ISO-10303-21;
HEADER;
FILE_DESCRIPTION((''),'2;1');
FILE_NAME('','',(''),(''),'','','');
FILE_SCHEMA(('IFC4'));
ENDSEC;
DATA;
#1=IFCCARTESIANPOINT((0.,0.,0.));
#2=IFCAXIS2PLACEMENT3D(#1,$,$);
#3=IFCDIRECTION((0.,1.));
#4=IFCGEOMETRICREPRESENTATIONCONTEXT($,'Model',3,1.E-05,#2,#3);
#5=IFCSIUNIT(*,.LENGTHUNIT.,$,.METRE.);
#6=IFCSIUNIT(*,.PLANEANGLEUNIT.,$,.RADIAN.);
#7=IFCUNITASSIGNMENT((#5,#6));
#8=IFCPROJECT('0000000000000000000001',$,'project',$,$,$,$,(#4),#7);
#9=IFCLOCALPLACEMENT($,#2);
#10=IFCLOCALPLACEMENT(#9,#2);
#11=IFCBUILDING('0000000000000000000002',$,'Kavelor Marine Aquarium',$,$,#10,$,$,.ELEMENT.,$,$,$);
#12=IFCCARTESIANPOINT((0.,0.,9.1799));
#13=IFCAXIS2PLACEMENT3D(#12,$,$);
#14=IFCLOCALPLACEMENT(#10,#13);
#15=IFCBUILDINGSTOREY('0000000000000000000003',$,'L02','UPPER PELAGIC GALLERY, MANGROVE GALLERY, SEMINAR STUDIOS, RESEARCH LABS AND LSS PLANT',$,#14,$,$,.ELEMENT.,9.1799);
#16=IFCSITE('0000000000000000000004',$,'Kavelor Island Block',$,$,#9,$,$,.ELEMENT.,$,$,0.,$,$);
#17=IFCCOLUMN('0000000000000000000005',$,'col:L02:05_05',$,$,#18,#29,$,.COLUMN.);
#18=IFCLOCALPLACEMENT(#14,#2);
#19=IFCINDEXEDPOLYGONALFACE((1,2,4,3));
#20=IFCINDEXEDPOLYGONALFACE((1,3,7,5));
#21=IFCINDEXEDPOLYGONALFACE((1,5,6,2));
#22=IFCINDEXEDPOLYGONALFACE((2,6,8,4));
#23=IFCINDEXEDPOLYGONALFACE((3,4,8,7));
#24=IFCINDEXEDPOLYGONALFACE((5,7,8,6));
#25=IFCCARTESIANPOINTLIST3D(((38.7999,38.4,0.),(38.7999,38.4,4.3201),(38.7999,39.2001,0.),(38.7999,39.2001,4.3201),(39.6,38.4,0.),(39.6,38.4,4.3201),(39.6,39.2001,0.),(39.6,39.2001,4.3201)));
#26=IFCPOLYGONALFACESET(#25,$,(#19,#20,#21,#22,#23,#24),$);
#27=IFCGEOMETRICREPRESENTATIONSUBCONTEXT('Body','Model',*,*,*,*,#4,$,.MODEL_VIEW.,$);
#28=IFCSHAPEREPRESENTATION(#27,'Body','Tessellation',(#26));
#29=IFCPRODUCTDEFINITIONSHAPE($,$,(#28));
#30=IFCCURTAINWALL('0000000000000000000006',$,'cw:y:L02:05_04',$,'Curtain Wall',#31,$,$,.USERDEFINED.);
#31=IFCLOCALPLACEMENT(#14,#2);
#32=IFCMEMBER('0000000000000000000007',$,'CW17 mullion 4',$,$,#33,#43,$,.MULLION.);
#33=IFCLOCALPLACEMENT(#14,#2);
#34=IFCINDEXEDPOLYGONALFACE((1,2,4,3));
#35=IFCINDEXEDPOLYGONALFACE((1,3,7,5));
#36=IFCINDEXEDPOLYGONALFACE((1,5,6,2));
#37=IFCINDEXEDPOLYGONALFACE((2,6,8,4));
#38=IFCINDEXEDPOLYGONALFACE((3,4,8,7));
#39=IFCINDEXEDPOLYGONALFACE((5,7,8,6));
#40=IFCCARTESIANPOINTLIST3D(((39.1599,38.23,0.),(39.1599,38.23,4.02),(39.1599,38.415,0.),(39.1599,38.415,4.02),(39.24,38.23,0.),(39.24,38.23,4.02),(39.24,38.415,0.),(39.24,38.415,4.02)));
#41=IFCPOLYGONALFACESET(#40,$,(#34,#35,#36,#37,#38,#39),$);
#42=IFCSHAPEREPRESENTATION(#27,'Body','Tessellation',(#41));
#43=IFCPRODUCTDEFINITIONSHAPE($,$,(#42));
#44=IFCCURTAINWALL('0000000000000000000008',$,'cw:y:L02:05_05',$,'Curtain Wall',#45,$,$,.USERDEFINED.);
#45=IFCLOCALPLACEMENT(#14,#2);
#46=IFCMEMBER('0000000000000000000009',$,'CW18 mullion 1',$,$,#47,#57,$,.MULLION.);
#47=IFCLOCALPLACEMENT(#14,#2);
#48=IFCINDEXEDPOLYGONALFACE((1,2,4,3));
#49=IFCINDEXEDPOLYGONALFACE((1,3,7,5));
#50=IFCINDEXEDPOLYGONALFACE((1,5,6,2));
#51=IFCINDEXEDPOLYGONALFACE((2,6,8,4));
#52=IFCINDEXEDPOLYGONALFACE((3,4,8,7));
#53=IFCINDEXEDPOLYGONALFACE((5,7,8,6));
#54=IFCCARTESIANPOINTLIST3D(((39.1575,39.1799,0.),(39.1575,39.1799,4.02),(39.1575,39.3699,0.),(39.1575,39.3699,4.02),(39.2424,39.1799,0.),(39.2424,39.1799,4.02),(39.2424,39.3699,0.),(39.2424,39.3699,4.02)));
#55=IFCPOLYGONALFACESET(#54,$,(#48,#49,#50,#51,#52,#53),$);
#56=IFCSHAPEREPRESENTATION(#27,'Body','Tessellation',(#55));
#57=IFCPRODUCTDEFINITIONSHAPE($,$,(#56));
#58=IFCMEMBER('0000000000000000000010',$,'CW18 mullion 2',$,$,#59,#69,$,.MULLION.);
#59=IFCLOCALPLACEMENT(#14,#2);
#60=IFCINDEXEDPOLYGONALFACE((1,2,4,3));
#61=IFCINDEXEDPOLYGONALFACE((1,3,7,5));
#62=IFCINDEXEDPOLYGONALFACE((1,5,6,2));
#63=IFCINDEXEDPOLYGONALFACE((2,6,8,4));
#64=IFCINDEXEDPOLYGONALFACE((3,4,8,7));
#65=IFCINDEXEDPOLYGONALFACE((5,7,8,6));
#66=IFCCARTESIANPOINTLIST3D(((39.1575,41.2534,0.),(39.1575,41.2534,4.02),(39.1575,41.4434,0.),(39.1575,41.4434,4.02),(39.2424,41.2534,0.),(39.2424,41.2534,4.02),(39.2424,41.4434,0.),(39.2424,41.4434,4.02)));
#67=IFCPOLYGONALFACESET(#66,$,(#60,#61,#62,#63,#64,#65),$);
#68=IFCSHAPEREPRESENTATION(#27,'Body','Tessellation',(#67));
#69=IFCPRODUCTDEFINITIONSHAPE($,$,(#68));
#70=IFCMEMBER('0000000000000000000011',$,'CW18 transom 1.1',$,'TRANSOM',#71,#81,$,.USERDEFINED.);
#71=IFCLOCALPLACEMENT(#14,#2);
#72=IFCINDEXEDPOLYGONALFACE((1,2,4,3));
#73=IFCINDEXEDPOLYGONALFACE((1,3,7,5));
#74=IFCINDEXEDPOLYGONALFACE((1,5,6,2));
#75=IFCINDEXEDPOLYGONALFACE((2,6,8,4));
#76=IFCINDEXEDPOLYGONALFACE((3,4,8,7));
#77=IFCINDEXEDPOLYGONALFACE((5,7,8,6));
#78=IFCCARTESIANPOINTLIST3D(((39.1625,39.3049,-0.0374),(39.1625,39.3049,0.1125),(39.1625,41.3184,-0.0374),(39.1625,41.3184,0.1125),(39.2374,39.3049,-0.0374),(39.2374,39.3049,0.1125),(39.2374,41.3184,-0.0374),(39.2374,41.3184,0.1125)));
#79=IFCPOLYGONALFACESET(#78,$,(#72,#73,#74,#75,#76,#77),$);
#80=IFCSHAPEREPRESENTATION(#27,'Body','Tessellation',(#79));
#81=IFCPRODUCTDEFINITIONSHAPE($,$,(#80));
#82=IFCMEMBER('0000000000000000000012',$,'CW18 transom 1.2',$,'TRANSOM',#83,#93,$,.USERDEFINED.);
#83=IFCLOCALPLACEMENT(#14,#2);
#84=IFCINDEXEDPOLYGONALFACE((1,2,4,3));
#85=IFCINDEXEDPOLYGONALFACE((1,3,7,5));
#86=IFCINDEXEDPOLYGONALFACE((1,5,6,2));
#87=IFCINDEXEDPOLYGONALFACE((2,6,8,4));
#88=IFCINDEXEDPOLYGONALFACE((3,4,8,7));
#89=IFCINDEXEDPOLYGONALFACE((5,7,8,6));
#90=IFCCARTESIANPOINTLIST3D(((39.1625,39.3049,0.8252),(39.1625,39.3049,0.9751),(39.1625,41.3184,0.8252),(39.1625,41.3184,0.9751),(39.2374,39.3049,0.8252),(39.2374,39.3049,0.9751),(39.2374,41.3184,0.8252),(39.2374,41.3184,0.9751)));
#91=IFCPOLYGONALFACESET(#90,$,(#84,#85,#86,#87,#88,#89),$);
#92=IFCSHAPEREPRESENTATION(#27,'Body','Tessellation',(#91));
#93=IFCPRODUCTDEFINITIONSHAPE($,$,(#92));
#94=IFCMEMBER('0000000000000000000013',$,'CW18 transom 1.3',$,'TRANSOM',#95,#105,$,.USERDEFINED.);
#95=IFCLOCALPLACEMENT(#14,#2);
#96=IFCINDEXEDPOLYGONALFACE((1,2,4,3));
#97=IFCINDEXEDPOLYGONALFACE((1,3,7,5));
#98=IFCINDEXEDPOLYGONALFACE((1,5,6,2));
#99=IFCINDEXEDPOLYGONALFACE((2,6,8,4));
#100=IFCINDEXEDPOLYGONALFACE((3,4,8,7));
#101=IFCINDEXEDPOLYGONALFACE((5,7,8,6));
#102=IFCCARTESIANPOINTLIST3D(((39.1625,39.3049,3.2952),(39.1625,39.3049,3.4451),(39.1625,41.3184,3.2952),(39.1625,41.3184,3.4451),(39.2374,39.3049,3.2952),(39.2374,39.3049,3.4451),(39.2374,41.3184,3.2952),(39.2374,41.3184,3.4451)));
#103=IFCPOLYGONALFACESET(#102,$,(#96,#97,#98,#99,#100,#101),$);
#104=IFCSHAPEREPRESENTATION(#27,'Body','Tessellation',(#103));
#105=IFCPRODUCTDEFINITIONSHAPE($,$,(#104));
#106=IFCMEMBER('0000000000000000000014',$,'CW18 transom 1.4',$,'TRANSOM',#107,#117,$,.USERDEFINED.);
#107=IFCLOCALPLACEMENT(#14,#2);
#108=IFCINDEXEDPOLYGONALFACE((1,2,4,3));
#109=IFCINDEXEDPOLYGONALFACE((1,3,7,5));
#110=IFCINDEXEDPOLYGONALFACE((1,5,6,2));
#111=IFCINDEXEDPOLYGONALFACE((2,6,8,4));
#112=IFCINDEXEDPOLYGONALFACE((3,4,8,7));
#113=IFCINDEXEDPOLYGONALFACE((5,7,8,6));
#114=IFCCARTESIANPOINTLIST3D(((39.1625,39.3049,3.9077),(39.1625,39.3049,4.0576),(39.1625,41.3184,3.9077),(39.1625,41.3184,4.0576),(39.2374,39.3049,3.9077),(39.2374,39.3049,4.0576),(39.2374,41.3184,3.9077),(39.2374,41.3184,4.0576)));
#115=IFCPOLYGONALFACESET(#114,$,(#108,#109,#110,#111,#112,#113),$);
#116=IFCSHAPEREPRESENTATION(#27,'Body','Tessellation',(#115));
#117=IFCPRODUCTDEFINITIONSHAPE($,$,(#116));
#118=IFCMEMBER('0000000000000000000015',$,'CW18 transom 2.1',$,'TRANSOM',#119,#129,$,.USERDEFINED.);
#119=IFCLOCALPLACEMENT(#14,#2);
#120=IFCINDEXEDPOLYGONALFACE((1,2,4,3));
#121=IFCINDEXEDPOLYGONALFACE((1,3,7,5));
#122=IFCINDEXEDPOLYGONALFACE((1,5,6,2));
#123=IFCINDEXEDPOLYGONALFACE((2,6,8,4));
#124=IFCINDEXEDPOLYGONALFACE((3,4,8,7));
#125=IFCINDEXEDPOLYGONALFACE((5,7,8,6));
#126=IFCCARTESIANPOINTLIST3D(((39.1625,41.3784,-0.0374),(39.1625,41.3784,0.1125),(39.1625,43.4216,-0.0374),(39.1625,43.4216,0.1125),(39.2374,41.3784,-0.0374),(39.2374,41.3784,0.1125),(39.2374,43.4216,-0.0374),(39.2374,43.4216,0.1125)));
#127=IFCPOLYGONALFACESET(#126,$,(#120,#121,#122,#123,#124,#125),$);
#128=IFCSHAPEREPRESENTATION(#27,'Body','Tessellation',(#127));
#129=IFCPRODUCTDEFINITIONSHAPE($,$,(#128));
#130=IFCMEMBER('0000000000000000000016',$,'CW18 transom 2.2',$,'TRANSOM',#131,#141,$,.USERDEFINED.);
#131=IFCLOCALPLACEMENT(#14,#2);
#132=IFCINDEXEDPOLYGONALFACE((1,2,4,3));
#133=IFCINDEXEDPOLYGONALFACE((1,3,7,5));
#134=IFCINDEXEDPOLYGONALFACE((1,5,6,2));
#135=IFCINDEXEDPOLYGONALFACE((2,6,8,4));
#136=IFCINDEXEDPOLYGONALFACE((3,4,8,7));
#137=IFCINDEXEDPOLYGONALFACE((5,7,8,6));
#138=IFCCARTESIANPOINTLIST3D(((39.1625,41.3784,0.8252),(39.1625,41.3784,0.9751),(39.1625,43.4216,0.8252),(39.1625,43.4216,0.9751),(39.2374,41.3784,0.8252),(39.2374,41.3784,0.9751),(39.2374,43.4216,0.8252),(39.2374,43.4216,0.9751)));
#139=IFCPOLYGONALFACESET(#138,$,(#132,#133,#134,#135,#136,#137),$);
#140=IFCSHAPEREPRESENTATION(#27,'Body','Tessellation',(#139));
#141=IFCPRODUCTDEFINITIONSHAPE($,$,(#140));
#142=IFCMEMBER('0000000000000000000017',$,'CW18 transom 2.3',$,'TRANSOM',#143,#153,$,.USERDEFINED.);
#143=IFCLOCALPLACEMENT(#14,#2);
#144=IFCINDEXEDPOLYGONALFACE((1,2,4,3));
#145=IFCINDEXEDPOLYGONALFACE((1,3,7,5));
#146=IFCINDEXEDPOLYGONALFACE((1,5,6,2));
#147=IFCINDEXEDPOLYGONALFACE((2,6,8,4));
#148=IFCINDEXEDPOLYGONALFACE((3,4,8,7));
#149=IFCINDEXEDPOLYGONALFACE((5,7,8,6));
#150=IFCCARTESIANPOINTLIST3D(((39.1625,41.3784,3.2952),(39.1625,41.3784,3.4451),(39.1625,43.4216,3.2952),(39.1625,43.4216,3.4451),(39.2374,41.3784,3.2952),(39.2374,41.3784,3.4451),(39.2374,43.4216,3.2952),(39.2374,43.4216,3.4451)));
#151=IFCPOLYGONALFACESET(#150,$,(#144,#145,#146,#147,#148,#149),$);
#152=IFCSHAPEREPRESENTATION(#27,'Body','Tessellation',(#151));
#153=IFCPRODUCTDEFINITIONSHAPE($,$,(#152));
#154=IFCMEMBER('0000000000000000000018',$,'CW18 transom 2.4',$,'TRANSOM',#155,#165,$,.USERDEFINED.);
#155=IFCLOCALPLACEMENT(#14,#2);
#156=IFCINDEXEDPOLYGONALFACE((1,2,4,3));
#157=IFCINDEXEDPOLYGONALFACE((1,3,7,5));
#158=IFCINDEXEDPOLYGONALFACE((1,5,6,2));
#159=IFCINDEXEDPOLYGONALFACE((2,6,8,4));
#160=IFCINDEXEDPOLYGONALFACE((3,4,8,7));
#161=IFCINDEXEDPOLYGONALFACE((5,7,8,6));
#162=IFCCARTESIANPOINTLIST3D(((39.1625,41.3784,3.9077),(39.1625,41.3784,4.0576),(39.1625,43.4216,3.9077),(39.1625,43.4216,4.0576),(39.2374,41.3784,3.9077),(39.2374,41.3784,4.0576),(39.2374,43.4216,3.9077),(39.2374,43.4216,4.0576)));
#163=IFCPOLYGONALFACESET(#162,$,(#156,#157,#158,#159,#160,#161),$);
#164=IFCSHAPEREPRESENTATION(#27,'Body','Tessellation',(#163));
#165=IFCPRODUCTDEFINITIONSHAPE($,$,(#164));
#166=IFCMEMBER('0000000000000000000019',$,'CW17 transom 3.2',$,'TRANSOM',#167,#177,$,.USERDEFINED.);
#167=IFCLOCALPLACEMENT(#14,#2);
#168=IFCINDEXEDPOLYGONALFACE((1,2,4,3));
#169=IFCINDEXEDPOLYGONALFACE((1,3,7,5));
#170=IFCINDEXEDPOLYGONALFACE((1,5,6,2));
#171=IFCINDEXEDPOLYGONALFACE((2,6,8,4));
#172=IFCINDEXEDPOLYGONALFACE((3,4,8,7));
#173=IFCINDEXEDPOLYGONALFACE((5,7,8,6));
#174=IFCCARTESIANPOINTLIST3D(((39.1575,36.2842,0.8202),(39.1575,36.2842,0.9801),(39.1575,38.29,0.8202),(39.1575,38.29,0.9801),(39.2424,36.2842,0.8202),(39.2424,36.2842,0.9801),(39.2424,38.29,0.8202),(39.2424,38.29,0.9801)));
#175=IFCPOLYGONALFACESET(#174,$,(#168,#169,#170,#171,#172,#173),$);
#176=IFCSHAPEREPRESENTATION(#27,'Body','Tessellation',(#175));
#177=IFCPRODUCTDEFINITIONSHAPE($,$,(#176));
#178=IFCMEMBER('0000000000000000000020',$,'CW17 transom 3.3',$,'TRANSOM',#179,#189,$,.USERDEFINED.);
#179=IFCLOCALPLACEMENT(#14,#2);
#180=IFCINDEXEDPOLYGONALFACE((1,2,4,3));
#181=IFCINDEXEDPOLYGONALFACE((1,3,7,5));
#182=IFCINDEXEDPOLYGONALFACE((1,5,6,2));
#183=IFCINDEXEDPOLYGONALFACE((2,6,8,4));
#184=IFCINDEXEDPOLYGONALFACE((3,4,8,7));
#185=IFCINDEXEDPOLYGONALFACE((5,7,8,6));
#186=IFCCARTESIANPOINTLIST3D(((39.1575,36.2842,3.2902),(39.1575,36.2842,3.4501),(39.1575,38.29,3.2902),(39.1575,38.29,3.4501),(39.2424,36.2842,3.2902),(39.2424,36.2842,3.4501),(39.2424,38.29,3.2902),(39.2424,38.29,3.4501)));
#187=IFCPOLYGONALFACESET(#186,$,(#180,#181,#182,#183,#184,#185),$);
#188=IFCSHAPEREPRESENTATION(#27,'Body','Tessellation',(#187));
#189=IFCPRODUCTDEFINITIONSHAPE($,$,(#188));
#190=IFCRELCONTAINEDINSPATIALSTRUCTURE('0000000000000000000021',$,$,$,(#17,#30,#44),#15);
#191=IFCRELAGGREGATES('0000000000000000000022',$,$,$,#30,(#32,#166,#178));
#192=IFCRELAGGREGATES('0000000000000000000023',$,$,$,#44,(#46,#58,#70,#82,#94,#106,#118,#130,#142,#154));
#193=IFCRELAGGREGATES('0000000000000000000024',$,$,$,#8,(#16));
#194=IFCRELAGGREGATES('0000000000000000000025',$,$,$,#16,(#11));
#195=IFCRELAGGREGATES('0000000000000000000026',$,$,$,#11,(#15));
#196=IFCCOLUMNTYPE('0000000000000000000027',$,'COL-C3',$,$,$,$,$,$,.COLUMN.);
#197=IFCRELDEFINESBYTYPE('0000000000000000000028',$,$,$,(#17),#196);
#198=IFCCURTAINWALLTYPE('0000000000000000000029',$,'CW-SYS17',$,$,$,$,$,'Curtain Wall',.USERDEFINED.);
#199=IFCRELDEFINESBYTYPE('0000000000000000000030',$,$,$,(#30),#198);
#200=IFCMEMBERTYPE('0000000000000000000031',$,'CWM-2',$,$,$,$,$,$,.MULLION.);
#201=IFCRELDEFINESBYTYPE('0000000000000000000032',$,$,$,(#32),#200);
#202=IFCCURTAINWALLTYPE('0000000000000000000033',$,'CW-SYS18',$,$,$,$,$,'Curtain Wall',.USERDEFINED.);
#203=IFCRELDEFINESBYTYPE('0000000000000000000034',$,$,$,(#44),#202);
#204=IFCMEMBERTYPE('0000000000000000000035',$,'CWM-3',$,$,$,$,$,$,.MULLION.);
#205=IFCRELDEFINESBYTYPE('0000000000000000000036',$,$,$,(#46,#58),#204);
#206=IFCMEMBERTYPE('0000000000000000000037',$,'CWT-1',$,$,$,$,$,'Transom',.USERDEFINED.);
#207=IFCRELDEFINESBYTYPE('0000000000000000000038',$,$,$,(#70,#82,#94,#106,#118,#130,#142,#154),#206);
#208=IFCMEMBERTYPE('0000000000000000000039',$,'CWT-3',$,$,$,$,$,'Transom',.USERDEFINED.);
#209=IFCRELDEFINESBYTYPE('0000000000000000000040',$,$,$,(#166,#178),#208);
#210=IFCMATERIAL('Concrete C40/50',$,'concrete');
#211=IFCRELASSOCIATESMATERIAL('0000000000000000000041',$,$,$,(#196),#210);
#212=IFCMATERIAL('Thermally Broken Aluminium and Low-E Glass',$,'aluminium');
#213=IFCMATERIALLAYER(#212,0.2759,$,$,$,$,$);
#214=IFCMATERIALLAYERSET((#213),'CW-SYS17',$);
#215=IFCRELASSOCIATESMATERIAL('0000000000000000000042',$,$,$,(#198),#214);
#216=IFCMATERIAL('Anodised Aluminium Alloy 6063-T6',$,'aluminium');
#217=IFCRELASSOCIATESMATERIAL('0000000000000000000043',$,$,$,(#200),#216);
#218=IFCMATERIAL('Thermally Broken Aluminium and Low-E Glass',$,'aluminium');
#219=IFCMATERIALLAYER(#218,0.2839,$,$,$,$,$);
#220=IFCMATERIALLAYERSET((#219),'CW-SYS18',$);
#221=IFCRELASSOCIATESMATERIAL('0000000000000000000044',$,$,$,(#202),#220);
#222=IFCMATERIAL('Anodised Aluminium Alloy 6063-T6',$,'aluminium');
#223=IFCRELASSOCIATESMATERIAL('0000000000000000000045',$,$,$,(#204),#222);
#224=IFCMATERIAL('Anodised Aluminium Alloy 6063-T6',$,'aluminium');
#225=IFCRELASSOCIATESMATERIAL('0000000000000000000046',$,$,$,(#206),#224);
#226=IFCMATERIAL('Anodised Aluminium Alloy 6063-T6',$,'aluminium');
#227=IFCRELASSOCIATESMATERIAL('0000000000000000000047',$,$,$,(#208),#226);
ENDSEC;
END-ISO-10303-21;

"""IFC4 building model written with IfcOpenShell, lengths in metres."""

from ifc_helpers import new_model, si_unit, direction, frame, origin, origin_2d, place, context, subcontext, project, spatial, rectangle, extrude, material, layer, layer_set, material_profile, profile_set, type_object, element, aggregate, save


model = new_model("IFC4")

# Units and contexts
model_context = context("Model", 3, precision=1e-05, world=origin(), true_north=direction((0.0, 1.0)))
body_context = subcontext(model_context, "Body", "Model", "MODEL_VIEW")
ifc_project = project(units=[si_unit("LENGTHUNIT", "METRE"), si_unit("PLANEANGLEUNIT", "RADIAN")], contexts=[model_context])

# Site, building, storey
site_placement = place(None, origin())
site = spatial("IfcSite", under=ifc_project, at=site_placement, Name="Kavelor Island Block", CompositionType="ELEMENT", RefElevation=0.0)
building_placement = place(site_placement, origin())
building = spatial("IfcBuilding", under=site, at=building_placement, Name="Kavelor Marine Aquarium", CompositionType="ELEMENT")
storey_placement = place(building_placement, frame((0.0, 0.0, 9.1799)))
storey = spatial("IfcBuildingStorey", under=building, at=storey_placement, Name="L02", Description="UPPER PELAGIC GALLERY, MANGROVE GALLERY, SEMINAR STUDIOS, RESEARCH LABS AND LSS PLANT", CompositionType="ELEMENT", Elevation=9.1799)

# Column
ifc_material_1 = material(Name="Concrete C40/50", Category="concrete")
ifc_material_profile_1 = material_profile(ifc_material_1, rectangle(XDim=0.8, YDim=0.8, at=origin_2d()), Name="RC-COL 800x800")
ifc_profile_set_1 = profile_set([ifc_material_profile_1], Name="Concrete C40/50")
column_type = type_object("IfcColumnType", Name="COL-C3", PredefinedType="COLUMN", material=ifc_profile_set_1)
column_placement = place(storey_placement, frame((39.2, 38.8, 0.0), z_axis=(0.0, 0.0, 1.0), x_axis=(1.0, 0.0, 0.0)))
element("IfcColumn", 1, at=column_placement, inside=storey, type_object=column_type, Name="col:L02:05_05", PredefinedType="COLUMN", context=body_context, shape_type="SweptSolid", body=[
    extrude(rectangle(XDim=0.8, YDim=0.8, at=origin_2d()), origin(), (0.0, 0.0, 1.0), 4.3201),
])

# Curtain wall, member
ifc_material_2 = material(Name="Thermally Broken Aluminium and Low-E Glass", Category="aluminium")
ifc_layer_1 = layer(ifc_material_2, 0.2759)
ifc_layer_set_1 = layer_set([ifc_layer_1], Name="CW-SYS17")
curtain_wall_type_1 = type_object("IfcCurtainWallType", Name="CW-SYS17", ElementType="Curtain Wall", PredefinedType="USERDEFINED", material=ifc_layer_set_1)
curtain_wall_1_placement = place(storey_placement, origin())
curtain_wall_1 = element("IfcCurtainWall", 2, at=curtain_wall_1_placement, inside=storey, type_object=curtain_wall_type_1, Name="cw:y:L02:05_04", ObjectType="Curtain Wall", PredefinedType="USERDEFINED")
ifc_material_3 = material(Name="Anodised Aluminium Alloy 6063-T6", Category="aluminium")
ifc_material_profile_2 = material_profile(ifc_material_3, rectangle(XDim=0.0801, YDim=0.1851, at=origin_2d()), Name="CW-MUL 80x185")
ifc_profile_set_2 = profile_set([ifc_material_profile_2], Name="Anodised Aluminium Alloy 6063-T6")
member_type_1 = type_object("IfcMemberType", Name="CWM-2", PredefinedType="MULLION", material=ifc_profile_set_2)
member_1_placement = place(storey_placement, frame((39.2, 38.3225, 0.0), z_axis=(0.0, 0.0, 1.0), x_axis=(-1.0, 0.0, 0.0)))
member_1 = element("IfcMember", 3, at=member_1_placement, type_object=member_type_1, Name="CW17 mullion 4", PredefinedType="MULLION", context=body_context, shape_type="SweptSolid", body=[
    extrude(rectangle(XDim=0.0801, YDim=0.1851, at=origin_2d()), origin(), (0.0, 0.0, 1.0), 4.02),
])

# Curtain wall, members
ifc_material_4 = material(Name="Thermally Broken Aluminium and Low-E Glass", Category="aluminium")
ifc_layer_2 = layer(ifc_material_4, 0.2839)
ifc_layer_set_2 = layer_set([ifc_layer_2], Name="CW-SYS18")
curtain_wall_type_2 = type_object("IfcCurtainWallType", Name="CW-SYS18", ElementType="Curtain Wall", PredefinedType="USERDEFINED", material=ifc_layer_set_2)
curtain_wall_2_placement = place(storey_placement, origin())
curtain_wall_2 = element("IfcCurtainWall", 4, at=curtain_wall_2_placement, inside=storey, type_object=curtain_wall_type_2, Name="cw:y:L02:05_05", ObjectType="Curtain Wall", PredefinedType="USERDEFINED")
ifc_material_5 = material(Name="Anodised Aluminium Alloy 6063-T6", Category="aluminium")
ifc_material_profile_3 = material_profile(ifc_material_5, rectangle(XDim=0.085, YDim=0.1899, at=origin_2d()), Name="CW-MUL 85x190")
ifc_profile_set_3 = profile_set([ifc_material_profile_3], Name="Anodised Aluminium Alloy 6063-T6")
member_type_2 = type_object("IfcMemberType", Name="CWM-3", PredefinedType="MULLION", material=ifc_profile_set_3)
member_2_placement = place(storey_placement, frame((39.2, 39.2749, 0.0), z_axis=(0.0, 0.0, 1.0), x_axis=(-1.0, 0.0, 0.0)))
member_2 = element("IfcMember", 5, at=member_2_placement, type_object=member_type_2, Name="CW18 mullion 1", PredefinedType="MULLION", context=body_context, shape_type="SweptSolid", body=[
    extrude(rectangle(XDim=0.085, YDim=0.1899, at=origin_2d()), origin(), (0.0, 0.0, 1.0), 4.02),
])
member_3_placement = place(storey_placement, frame((39.2, 41.3484, 0.0), z_axis=(0.0, 0.0, 1.0), x_axis=(-1.0, 0.0, 0.0)))
member_3 = element("IfcMember", 6, at=member_3_placement, type_object=member_type_2, Name="CW18 mullion 2", PredefinedType="MULLION", context=body_context, shape_type="SweptSolid", body=[
    extrude(rectangle(XDim=0.085, YDim=0.1899, at=origin_2d()), origin(), (0.0, 0.0, 1.0), 4.02),
])
ifc_material_6 = material(Name="Anodised Aluminium Alloy 6063-T6", Category="aluminium")
ifc_material_profile_4 = material_profile(ifc_material_6, rectangle(XDim=0.075, YDim=0.1499, at=origin_2d()), Name="CW-TRN 75x150")
ifc_profile_set_4 = profile_set([ifc_material_profile_4], Name="Anodised Aluminium Alloy 6063-T6")
member_type_3 = type_object("IfcMemberType", Name="CWT-1", ElementType="Transom", PredefinedType="USERDEFINED", material=ifc_profile_set_4)
member_4_placement = place(storey_placement, frame((39.2, 39.3049, 0.0376), z_axis=(0.0, 1.0, 0.0), x_axis=(-1.0, 0.0, 0.0)))
member_4 = element("IfcMember", 7, at=member_4_placement, type_object=member_type_3, Name="CW18 transom 1.1", ObjectType="TRANSOM", PredefinedType="USERDEFINED", context=body_context, shape_type="SweptSolid", body=[
    extrude(rectangle(XDim=0.075, YDim=0.1499, at=origin_2d()), origin(), (0.0, 0.0, 1.0), 2.0134),
])
member_5_placement = place(storey_placement, frame((39.2, 39.3049, 0.9001), z_axis=(0.0, 1.0, 0.0), x_axis=(-1.0, 0.0, 0.0)))
member_5 = element("IfcMember", 8, at=member_5_placement, type_object=member_type_3, Name="CW18 transom 1.2", ObjectType="TRANSOM", PredefinedType="USERDEFINED", context=body_context, shape_type="SweptSolid", body=[
    extrude(rectangle(XDim=0.075, YDim=0.1499, at=origin_2d()), origin(), (0.0, 0.0, 1.0), 2.0134),
])
member_6_placement = place(storey_placement, frame((39.2, 39.3049, 3.3701), z_axis=(0.0, 1.0, 0.0), x_axis=(-1.0, 0.0, 0.0)))
member_6 = element("IfcMember", 9, at=member_6_placement, type_object=member_type_3, Name="CW18 transom 1.3", ObjectType="TRANSOM", PredefinedType="USERDEFINED", context=body_context, shape_type="SweptSolid", body=[
    extrude(rectangle(XDim=0.075, YDim=0.1499, at=origin_2d()), origin(), (0.0, 0.0, 1.0), 2.0134),
])
member_7_placement = place(storey_placement, frame((39.2, 39.3049, 3.9827), z_axis=(0.0, 1.0, 0.0), x_axis=(-1.0, 0.0, 0.0)))
member_7 = element("IfcMember", 10, at=member_7_placement, type_object=member_type_3, Name="CW18 transom 1.4", ObjectType="TRANSOM", PredefinedType="USERDEFINED", context=body_context, shape_type="SweptSolid", body=[
    extrude(rectangle(XDim=0.075, YDim=0.1499, at=origin_2d()), origin(), (0.0, 0.0, 1.0), 2.0134),
])
member_8_placement = place(storey_placement, frame((39.2, 41.3784, 0.0376), z_axis=(0.0, 1.0, 0.0), x_axis=(-1.0, 0.0, 0.0)))
member_8 = element("IfcMember", 11, at=member_8_placement, type_object=member_type_3, Name="CW18 transom 2.1", ObjectType="TRANSOM", PredefinedType="USERDEFINED", context=body_context, shape_type="SweptSolid", body=[
    extrude(rectangle(XDim=0.075, YDim=0.1499, at=origin_2d()), origin(), (0.0, 0.0, 1.0), 2.0432),
])
member_9_placement = place(storey_placement, frame((39.2, 41.3784, 0.9001), z_axis=(0.0, 1.0, 0.0), x_axis=(-1.0, 0.0, 0.0)))
member_9 = element("IfcMember", 12, at=member_9_placement, type_object=member_type_3, Name="CW18 transom 2.2", ObjectType="TRANSOM", PredefinedType="USERDEFINED", context=body_context, shape_type="SweptSolid", body=[
    extrude(rectangle(XDim=0.075, YDim=0.1499, at=origin_2d()), origin(), (0.0, 0.0, 1.0), 2.0432),
])
member_10_placement = place(storey_placement, frame((39.2, 41.3784, 3.3701), z_axis=(0.0, 1.0, 0.0), x_axis=(-1.0, 0.0, 0.0)))
member_10 = element("IfcMember", 13, at=member_10_placement, type_object=member_type_3, Name="CW18 transom 2.3", ObjectType="TRANSOM", PredefinedType="USERDEFINED", context=body_context, shape_type="SweptSolid", body=[
    extrude(rectangle(XDim=0.075, YDim=0.1499, at=origin_2d()), origin(), (0.0, 0.0, 1.0), 2.0432),
])
member_11_placement = place(storey_placement, frame((39.2, 41.3784, 3.9827), z_axis=(0.0, 1.0, 0.0), x_axis=(-1.0, 0.0, 0.0)))
member_11 = element("IfcMember", 14, at=member_11_placement, type_object=member_type_3, Name="CW18 transom 2.4", ObjectType="TRANSOM", PredefinedType="USERDEFINED", context=body_context, shape_type="SweptSolid", body=[
    extrude(rectangle(XDim=0.075, YDim=0.1499, at=origin_2d()), origin(), (0.0, 0.0, 1.0), 2.0432),
])

# Members
ifc_material_7 = material(Name="Anodised Aluminium Alloy 6063-T6", Category="aluminium")
ifc_material_profile_5 = material_profile(ifc_material_7, rectangle(XDim=0.085, YDim=0.1599, at=origin_2d()), Name="CW-TRN 85x160")
ifc_profile_set_5 = profile_set([ifc_material_profile_5], Name="Anodised Aluminium Alloy 6063-T6")
member_type_4 = type_object("IfcMemberType", Name="CWT-3", ElementType="Transom", PredefinedType="USERDEFINED", material=ifc_profile_set_5)
member_12_placement = place(storey_placement, frame((39.2, 36.2842, 0.9001), z_axis=(0.0, 1.0, 0.0), x_axis=(-1.0, 0.0, 0.0)))
member_12 = element("IfcMember", 15, at=member_12_placement, type_object=member_type_4, Name="CW17 transom 3.2", ObjectType="TRANSOM", PredefinedType="USERDEFINED", context=body_context, shape_type="SweptSolid", body=[
    extrude(rectangle(XDim=0.085, YDim=0.1599, at=origin_2d()), origin(), (0.0, 0.0, 1.0), 2.0059),
])
member_13_placement = place(storey_placement, frame((39.2, 36.2842, 3.3701), z_axis=(0.0, 1.0, 0.0), x_axis=(-1.0, 0.0, 0.0)))
member_13 = element("IfcMember", 16, at=member_13_placement, type_object=member_type_4, Name="CW17 transom 3.3", ObjectType="TRANSOM", PredefinedType="USERDEFINED", context=body_context, shape_type="SweptSolid", body=[
    extrude(rectangle(XDim=0.085, YDim=0.1599, at=origin_2d()), origin(), (0.0, 0.0, 1.0), 2.0059),
])

aggregate(curtain_wall_1, [member_1, member_12, member_13])
aggregate(curtain_wall_2, [member_2, member_3, member_4, member_5, member_6, member_7, member_8, member_9, member_10, member_11])

save(model, "model.ifc")
